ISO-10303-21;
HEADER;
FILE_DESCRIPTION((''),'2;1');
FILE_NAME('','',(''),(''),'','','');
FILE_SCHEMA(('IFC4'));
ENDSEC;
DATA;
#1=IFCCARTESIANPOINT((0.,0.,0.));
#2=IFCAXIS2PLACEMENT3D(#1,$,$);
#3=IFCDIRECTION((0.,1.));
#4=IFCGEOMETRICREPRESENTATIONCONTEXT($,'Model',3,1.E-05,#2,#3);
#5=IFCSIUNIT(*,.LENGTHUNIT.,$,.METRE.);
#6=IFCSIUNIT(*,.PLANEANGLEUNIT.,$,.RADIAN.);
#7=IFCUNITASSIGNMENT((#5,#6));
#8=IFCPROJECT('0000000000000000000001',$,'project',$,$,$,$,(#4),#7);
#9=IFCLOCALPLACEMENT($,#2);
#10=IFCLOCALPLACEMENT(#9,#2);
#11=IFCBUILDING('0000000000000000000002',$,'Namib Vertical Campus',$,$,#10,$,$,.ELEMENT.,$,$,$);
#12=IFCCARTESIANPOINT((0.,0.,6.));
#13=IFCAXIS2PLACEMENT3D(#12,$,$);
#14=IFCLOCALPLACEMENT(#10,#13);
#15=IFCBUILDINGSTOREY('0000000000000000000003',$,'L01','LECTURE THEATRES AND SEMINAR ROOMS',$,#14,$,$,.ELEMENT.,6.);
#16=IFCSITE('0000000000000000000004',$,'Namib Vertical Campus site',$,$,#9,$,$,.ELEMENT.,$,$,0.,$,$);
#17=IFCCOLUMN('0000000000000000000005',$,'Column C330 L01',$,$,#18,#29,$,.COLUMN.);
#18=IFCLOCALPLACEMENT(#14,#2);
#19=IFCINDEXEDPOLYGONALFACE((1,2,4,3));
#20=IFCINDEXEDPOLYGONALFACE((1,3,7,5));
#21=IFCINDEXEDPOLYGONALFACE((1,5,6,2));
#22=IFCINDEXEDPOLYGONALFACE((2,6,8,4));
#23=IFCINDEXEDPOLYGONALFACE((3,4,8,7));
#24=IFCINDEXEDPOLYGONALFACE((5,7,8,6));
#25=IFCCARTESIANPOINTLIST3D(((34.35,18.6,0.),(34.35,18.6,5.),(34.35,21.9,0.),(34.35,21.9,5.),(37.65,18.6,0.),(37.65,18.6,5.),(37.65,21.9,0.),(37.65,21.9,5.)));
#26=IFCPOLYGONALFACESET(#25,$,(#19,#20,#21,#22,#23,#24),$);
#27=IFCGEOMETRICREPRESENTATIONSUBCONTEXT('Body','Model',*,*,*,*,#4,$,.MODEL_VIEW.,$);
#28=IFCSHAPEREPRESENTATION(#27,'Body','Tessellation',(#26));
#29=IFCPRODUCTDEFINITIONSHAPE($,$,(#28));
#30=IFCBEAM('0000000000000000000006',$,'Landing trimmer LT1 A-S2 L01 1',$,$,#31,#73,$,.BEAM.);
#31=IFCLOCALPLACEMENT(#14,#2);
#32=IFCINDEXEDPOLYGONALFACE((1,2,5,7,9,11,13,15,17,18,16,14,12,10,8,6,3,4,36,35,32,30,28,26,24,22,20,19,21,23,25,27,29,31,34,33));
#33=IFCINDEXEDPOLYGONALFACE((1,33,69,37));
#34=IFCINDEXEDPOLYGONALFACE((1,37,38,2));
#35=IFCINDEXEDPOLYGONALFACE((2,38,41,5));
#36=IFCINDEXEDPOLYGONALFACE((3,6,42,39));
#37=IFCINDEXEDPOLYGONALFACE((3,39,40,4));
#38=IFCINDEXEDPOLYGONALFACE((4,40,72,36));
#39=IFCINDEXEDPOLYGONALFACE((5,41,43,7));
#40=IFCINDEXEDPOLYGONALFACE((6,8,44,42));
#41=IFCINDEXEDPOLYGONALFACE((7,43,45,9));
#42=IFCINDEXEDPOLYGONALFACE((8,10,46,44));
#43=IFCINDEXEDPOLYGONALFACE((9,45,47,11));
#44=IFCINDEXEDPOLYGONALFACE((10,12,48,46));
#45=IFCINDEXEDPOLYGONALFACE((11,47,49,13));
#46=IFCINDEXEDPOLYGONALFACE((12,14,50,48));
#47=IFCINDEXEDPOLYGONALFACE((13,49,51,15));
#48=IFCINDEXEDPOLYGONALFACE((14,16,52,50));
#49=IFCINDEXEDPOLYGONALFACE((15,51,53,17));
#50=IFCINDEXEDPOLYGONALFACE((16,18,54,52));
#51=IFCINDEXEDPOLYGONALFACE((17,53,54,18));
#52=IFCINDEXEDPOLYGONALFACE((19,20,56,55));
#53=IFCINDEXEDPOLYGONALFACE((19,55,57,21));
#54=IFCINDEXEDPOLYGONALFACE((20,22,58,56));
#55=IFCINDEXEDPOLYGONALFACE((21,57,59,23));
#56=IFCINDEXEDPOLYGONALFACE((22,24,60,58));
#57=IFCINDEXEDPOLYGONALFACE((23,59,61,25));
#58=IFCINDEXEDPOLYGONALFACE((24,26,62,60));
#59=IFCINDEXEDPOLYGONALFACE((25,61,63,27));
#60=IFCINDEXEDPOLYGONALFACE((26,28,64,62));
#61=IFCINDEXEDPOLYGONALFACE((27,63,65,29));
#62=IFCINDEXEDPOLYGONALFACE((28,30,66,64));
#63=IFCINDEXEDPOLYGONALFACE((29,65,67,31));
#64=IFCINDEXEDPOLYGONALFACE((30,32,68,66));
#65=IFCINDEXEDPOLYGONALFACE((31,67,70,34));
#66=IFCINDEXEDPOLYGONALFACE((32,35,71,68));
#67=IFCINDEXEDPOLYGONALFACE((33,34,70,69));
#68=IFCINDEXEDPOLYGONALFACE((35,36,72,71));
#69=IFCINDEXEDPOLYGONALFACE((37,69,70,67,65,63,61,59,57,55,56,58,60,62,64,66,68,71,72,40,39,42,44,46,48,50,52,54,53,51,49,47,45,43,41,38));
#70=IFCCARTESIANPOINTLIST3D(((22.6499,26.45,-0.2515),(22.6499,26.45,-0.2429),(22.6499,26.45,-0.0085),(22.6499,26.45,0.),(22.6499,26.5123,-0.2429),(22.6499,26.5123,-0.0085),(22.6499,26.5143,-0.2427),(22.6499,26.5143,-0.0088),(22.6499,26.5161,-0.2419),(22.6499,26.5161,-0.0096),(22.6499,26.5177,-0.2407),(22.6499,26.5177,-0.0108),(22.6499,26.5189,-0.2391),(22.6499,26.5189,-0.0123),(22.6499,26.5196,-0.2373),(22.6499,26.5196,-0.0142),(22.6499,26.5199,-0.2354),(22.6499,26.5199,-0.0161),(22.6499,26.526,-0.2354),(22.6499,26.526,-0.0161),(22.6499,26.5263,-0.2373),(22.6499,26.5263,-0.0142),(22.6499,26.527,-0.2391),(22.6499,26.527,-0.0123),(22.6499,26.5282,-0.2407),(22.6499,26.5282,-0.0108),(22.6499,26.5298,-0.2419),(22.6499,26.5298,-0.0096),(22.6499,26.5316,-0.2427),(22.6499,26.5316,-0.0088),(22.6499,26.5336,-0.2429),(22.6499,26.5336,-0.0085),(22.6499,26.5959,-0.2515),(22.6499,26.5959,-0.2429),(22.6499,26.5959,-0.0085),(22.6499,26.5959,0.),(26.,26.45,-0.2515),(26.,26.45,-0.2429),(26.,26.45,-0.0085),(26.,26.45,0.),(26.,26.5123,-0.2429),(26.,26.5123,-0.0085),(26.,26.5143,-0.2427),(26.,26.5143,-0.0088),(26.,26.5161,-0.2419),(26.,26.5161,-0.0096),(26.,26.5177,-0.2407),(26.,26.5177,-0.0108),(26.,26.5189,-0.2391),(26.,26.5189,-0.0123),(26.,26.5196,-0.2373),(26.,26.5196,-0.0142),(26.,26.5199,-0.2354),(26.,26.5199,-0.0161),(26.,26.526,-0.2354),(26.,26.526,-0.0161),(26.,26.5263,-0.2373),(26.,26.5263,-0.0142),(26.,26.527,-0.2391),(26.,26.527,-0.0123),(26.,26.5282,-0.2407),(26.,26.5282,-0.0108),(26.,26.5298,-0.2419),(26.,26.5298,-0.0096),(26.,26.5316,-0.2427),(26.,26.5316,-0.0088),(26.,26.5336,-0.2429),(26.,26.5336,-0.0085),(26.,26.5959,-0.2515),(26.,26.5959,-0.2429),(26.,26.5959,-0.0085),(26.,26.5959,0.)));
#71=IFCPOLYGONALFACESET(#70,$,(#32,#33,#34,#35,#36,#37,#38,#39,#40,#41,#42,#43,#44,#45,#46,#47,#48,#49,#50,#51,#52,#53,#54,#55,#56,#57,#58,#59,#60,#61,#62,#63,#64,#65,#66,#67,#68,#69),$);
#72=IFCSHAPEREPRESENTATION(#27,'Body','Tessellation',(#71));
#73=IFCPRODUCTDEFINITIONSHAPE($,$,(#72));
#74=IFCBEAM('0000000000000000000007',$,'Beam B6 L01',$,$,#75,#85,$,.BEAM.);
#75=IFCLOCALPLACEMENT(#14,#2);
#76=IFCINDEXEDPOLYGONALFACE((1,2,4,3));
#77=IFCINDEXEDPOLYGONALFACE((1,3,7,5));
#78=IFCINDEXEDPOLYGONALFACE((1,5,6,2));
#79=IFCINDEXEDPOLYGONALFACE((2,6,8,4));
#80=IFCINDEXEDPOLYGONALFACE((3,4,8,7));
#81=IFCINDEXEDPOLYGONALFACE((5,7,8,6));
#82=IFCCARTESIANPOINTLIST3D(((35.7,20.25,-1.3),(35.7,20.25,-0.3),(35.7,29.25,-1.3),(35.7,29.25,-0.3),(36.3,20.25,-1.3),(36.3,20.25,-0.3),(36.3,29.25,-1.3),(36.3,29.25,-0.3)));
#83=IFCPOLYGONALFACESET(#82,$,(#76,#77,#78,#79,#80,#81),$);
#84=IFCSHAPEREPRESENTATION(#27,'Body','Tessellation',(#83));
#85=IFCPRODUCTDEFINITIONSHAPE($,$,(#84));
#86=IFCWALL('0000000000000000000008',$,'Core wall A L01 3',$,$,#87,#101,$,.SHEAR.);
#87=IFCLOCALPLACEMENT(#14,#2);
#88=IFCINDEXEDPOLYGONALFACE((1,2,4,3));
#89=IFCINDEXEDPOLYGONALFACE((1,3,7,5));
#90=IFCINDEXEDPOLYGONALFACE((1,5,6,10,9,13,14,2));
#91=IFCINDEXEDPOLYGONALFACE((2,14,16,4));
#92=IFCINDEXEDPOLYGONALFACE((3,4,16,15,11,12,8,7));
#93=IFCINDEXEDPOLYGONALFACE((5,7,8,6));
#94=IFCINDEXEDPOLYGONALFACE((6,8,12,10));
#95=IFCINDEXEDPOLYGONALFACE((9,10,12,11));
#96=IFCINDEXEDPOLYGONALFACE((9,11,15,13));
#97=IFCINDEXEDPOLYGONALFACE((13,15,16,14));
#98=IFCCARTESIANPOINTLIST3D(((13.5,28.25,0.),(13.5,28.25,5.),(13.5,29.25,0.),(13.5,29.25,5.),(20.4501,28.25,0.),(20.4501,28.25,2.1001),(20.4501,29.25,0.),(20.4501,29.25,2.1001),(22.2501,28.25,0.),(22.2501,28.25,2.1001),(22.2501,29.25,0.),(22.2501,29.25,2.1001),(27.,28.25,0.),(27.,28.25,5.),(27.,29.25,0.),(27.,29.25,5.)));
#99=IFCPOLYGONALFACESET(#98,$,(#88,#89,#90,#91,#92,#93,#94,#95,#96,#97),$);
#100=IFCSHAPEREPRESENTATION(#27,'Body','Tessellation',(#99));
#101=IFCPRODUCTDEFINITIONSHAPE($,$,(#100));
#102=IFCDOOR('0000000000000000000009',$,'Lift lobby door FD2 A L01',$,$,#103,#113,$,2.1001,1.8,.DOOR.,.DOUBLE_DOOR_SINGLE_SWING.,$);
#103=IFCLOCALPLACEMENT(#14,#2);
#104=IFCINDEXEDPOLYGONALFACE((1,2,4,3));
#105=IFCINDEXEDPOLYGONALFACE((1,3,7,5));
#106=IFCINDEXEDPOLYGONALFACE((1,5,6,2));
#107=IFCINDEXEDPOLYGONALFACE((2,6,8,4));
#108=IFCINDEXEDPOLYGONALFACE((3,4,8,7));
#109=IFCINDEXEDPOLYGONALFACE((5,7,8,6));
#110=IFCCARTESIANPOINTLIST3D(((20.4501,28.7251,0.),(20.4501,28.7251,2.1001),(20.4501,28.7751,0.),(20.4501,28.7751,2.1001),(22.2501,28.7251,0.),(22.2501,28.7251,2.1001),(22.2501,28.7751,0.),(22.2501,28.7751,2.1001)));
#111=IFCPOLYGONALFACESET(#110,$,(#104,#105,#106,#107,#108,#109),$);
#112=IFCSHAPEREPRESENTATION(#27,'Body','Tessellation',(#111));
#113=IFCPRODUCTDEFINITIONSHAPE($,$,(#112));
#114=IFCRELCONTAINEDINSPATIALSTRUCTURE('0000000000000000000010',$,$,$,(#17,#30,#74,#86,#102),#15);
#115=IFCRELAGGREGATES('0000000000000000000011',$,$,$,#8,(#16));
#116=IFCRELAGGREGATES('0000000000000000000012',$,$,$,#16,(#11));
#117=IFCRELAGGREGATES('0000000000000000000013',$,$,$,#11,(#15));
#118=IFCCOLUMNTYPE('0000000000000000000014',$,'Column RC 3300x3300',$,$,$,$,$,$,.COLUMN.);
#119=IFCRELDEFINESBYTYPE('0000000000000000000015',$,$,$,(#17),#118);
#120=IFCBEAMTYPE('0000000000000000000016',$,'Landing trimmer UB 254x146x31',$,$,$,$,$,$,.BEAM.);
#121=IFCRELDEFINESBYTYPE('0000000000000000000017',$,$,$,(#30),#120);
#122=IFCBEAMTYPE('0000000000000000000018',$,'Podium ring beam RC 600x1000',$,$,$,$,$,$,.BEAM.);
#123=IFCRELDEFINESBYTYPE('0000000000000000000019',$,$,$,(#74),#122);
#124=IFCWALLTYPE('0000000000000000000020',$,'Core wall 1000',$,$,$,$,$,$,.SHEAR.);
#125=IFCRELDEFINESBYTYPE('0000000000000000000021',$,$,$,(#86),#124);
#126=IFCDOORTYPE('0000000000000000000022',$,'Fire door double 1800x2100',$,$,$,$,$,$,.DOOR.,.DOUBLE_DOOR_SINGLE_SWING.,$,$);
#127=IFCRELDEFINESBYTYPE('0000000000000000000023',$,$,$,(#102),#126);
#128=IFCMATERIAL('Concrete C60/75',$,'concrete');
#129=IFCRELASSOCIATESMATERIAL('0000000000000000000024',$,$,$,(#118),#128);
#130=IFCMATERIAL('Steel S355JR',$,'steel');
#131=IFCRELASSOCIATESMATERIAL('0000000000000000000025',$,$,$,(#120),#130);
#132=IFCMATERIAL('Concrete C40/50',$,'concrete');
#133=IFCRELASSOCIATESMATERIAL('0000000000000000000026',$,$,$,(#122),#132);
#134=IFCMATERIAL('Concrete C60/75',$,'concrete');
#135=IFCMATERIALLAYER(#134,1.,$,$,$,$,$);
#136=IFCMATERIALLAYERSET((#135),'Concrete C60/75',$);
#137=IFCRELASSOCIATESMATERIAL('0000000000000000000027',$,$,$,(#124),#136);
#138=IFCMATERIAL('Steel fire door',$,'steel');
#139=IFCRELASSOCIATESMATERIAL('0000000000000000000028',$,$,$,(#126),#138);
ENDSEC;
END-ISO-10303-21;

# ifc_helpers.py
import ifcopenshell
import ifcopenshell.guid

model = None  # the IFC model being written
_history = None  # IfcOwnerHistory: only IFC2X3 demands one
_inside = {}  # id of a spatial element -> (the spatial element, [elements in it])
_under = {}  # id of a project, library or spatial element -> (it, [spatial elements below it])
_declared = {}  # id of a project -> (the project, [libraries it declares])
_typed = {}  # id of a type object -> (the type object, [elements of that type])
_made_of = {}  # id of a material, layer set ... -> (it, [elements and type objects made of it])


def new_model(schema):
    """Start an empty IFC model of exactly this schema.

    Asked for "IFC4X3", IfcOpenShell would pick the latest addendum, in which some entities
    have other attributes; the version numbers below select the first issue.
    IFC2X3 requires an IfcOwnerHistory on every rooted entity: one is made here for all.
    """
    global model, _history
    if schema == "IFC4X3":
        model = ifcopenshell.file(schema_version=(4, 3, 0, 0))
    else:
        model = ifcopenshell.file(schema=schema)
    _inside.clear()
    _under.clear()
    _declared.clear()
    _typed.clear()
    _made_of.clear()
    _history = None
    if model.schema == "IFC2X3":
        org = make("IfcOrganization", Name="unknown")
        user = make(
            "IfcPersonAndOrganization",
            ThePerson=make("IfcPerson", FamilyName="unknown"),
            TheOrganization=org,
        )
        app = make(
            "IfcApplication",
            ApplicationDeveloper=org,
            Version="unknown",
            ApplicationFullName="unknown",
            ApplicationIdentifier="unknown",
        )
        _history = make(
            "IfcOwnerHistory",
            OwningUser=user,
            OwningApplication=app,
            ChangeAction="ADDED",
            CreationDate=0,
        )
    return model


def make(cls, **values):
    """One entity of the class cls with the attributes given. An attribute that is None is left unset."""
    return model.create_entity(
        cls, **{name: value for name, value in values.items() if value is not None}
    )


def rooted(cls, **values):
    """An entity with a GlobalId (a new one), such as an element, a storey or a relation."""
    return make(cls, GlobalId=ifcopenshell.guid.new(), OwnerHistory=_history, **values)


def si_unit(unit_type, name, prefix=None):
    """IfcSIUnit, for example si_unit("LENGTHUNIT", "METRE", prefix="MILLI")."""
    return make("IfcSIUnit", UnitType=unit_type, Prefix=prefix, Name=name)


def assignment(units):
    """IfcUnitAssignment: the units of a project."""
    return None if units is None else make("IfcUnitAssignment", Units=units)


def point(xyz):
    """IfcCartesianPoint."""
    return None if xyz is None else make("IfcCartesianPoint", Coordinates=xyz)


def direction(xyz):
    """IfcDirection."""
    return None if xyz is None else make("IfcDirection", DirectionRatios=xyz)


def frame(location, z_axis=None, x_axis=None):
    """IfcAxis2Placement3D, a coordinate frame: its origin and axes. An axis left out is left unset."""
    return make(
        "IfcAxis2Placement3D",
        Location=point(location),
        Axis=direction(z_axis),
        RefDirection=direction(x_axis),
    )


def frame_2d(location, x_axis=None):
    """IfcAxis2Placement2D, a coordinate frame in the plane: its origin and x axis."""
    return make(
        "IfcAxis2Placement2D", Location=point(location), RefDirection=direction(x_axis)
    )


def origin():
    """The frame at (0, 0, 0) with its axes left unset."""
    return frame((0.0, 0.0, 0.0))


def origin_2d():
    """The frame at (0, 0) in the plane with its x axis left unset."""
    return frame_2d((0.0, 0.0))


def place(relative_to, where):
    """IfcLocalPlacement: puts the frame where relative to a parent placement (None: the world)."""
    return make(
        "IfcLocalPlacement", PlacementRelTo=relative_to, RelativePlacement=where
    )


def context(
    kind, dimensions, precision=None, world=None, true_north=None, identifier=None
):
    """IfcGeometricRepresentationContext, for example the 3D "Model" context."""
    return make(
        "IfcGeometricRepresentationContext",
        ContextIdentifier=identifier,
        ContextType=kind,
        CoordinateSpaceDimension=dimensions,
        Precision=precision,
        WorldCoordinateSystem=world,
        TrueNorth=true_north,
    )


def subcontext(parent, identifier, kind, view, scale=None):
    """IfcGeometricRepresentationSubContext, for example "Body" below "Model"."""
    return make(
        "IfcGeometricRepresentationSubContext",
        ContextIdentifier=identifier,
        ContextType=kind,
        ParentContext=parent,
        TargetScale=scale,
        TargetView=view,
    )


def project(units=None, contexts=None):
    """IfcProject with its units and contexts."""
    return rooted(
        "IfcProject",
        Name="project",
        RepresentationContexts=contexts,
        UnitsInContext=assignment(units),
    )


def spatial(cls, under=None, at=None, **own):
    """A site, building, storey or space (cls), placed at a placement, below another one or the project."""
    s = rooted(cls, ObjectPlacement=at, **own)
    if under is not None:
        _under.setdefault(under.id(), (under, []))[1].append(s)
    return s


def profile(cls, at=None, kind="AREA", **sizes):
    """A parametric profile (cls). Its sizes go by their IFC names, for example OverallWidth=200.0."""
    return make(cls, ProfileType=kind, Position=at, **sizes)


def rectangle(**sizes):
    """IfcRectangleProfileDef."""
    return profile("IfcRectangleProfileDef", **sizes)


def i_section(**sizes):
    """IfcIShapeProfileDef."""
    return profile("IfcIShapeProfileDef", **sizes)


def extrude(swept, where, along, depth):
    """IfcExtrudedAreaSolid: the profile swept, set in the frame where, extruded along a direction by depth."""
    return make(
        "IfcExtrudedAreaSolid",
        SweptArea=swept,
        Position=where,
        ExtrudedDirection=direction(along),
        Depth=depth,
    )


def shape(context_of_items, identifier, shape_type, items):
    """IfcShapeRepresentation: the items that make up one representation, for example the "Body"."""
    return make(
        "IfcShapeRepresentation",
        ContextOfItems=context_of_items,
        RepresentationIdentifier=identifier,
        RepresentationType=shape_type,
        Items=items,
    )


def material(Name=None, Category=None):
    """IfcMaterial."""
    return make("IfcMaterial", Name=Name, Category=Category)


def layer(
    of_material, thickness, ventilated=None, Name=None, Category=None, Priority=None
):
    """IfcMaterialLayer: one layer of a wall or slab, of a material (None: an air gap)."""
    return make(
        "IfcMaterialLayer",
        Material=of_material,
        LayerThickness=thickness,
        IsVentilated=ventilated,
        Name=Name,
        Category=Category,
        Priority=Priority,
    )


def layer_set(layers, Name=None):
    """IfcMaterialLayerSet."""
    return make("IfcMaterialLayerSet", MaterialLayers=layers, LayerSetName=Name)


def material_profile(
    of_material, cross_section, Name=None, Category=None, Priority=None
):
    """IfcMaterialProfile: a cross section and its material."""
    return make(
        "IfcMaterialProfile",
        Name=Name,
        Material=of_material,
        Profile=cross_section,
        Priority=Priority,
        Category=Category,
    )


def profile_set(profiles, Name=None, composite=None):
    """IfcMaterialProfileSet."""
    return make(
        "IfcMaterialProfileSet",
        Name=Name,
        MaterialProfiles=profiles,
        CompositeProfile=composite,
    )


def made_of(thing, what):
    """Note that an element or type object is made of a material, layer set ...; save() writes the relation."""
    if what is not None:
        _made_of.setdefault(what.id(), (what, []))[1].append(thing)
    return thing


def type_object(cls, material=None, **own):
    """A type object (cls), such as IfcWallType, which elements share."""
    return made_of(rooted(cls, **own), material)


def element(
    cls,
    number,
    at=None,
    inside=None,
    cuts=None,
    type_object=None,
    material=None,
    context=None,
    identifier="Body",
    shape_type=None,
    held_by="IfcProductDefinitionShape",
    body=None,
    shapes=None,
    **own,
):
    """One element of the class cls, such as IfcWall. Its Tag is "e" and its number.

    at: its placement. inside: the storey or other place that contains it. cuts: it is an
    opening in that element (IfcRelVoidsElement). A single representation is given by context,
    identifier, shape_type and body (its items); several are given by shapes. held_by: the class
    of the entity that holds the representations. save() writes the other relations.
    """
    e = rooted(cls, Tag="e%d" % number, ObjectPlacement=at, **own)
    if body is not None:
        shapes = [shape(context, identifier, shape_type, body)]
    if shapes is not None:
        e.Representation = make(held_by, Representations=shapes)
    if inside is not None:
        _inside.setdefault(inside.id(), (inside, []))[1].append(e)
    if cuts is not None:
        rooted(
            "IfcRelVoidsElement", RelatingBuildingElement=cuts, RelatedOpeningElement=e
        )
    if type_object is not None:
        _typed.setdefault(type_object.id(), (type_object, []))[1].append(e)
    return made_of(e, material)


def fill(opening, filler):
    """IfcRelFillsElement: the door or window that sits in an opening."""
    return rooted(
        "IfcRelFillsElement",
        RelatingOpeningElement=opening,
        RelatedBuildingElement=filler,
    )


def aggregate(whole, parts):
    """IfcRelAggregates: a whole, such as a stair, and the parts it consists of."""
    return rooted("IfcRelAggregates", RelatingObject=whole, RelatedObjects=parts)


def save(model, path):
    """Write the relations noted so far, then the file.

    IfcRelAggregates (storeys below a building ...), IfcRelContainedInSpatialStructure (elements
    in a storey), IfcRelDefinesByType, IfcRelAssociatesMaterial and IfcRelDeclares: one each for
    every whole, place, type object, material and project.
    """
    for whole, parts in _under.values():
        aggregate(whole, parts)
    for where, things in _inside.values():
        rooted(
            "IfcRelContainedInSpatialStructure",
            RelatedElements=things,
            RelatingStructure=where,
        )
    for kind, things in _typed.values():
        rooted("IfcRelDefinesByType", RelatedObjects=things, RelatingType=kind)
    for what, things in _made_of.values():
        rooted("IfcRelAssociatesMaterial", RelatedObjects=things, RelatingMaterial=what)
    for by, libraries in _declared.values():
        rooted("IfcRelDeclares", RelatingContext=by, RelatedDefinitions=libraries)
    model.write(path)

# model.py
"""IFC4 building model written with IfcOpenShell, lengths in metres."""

from ifc_helpers import new_model, si_unit, direction, frame, frame_2d, origin, origin_2d, place, context, subcontext, project, spatial, rectangle, i_section, extrude, material, layer, layer_set, material_profile, profile_set, type_object, element, fill, save


model = new_model("IFC4")

# Units and contexts
model_context = context("Model", 3, precision=1e-05, world=origin(), true_north=direction((0.0, 1.0)))
body_context = subcontext(model_context, "Body", "Model", "MODEL_VIEW")
ifc_project = project(units=[si_unit("LENGTHUNIT", "METRE"), si_unit("PLANEANGLEUNIT", "RADIAN")], contexts=[model_context])

# Site, building, storey
site_placement = place(None, origin())
site = spatial("IfcSite", under=ifc_project, at=site_placement, Name="Namib Vertical Campus site", CompositionType="ELEMENT", RefElevation=0.0)
building_placement = place(site_placement, origin())
building = spatial("IfcBuilding", under=site, at=building_placement, Name="Namib Vertical Campus", CompositionType="ELEMENT")
storey_placement = place(building_placement, frame((0.0, 0.0, 6.0)))
storey = spatial("IfcBuildingStorey", under=building, at=storey_placement, Name="L01", Description="LECTURE THEATRES AND SEMINAR ROOMS", CompositionType="ELEMENT", Elevation=6.0)

# Column
ifc_material_1 = material(Name="Concrete C60/75", Category="concrete")
ifc_material_profile_1 = material_profile(ifc_material_1, rectangle(XDim=3.3, YDim=3.3, at=origin_2d()))
ifc_profile_set_1 = profile_set([ifc_material_profile_1], Name="Concrete C60/75")
column_type = type_object("IfcColumnType", Name="Column RC 3300x3300", PredefinedType="COLUMN", material=ifc_profile_set_1)
column_placement = place(storey_placement, frame((36.0, 20.25, 0.0), z_axis=(0.0, 0.0, 1.0), x_axis=(1.0, 0.0, 0.0)))
element("IfcColumn", 1, at=column_placement, inside=storey, type_object=column_type, Name="Column C330 L01", PredefinedType="COLUMN", context=body_context, shape_type="SweptSolid", body=[
    extrude(rectangle(XDim=3.3, YDim=3.3, at=origin_2d()), origin(), (0.0, 0.0, 1.0), 5.0),
])

# Beams
ifc_material_2 = material(Name="Steel S355JR", Category="steel")
ifc_material_profile_2 = material_profile(ifc_material_2, i_section(OverallWidth=0.146, OverallDepth=0.2515, WebThickness=0.0061, FlangeThickness=0.0085, FilletRadius=0.0076, at=origin_2d()))
ifc_profile_set_2 = profile_set([ifc_material_profile_2], Name="Steel S355JR")
beam_type_1 = type_object("IfcBeamType", Name="Landing trimmer UB 254x146x31", PredefinedType="BEAM", material=ifc_profile_set_2)
beam_1_placement = place(storey_placement, frame((22.6499, 26.5229, -0.1257), z_axis=(1.0, 0.0, 0.0), x_axis=(0.0, 1.0, 0.0)))
element("IfcBeam", 2, at=beam_1_placement, inside=storey, type_object=beam_type_1, Name="Landing trimmer LT1 A-S2 L01 1", PredefinedType="BEAM", context=body_context, shape_type="SweptSolid", body=[
    extrude(i_section(OverallWidth=0.146, OverallDepth=0.2515, WebThickness=0.0061, FlangeThickness=0.0085, FilletRadius=0.0076, at=origin_2d()), origin(), (0.0, 0.0, 1.0), 3.3501),
])
ifc_material_3 = material(Name="Concrete C40/50", Category="concrete")
ifc_material_profile_3 = material_profile(ifc_material_3, rectangle(XDim=0.6001, YDim=1.0, at=origin_2d()))
ifc_profile_set_3 = profile_set([ifc_material_profile_3], Name="Concrete C40/50")
beam_type_2 = type_object("IfcBeamType", Name="Podium ring beam RC 600x1000", PredefinedType="BEAM", material=ifc_profile_set_3)
beam_2_placement = place(storey_placement, frame((36.0, 20.25, -0.8), z_axis=(0.0, 1.0, 0.0), x_axis=(-1.0, 0.0, 0.0)))
element("IfcBeam", 3, at=beam_2_placement, inside=storey, type_object=beam_type_2, Name="Beam B6 L01", PredefinedType="BEAM", context=body_context, shape_type="SweptSolid", body=[
    extrude(rectangle(XDim=0.6001, YDim=1.0, at=origin_2d()), origin(), (0.0, 0.0, 1.0), 9.0),
])

# Wall, opening, door
ifc_material_4 = material(Name="Concrete C60/75", Category="concrete")
ifc_layer_1 = layer(ifc_material_4, 1.0)
ifc_layer_set_1 = layer_set([ifc_layer_1], Name="Concrete C60/75")
wall_type_1 = type_object("IfcWallType", Name="Core wall 1000", PredefinedType="SHEAR", material=ifc_layer_set_1)
wall_1_placement = place(storey_placement, frame((27.0, 28.75, 0.0), z_axis=(0.0, 0.0, 1.0), x_axis=(-1.0, 0.0, 0.0)))
wall_1 = element("IfcWall", 4, at=wall_1_placement, inside=storey, type_object=wall_type_1, Name="Core wall A L01 3", PredefinedType="SHEAR", context=body_context, shape_type="SweptSolid", body=[
    extrude(rectangle(XDim=13.5, YDim=1.0, at=frame_2d((6.75, 0.0))), origin(), (0.0, 0.0, 1.0), 5.0),
])
opening_1_placement = place(wall_1_placement, frame((4.75, 0.0, 0.0)))
opening_1 = element("IfcOpeningElement", 5, at=opening_1_placement, cuts=wall_1, PredefinedType="OPENING", context=body_context, shape_type="SweptSolid", body=[
    extrude(rectangle(XDim=1.8, YDim=2.1001, at=frame_2d((0.8999, 1.05))), frame((0.0, 0.51, 0.0), z_axis=(0.0, -1.0, 0.0), x_axis=(1.0, 0.0, 0.0)), (0.0, 0.0, 1.0), 1.02),
])
ifc_material_5 = material(Name="Steel fire door", Category="steel")
door_type_1 = type_object("IfcDoorType", Name="Fire door double 1800x2100", OperationType="DOUBLE_DOOR_SINGLE_SWING", PredefinedType="DOOR", material=ifc_material_5)
door_1_placement = place(opening_1_placement, origin())
door_1 = element("IfcDoor", 6, at=door_1_placement, inside=storey, type_object=door_type_1, Name="Lift lobby door FD2 A L01", OperationType="DOUBLE_DOOR_SINGLE_SWING", OverallHeight=2.1001, OverallWidth=1.8, PredefinedType="DOOR", context=body_context, shape_type="SweptSolid", body=[
    extrude(rectangle(XDim=1.8, YDim=2.1001, at=frame_2d((0.8999, 1.05))), frame((0.0, 0.0249, 0.0), z_axis=(0.0, -1.0, 0.0), x_axis=(1.0, 0.0, 0.0)), (0.0, 0.0, 1.0), 0.05),
])
fill(opening_1, door_1)

save(model, "model.ifc")
